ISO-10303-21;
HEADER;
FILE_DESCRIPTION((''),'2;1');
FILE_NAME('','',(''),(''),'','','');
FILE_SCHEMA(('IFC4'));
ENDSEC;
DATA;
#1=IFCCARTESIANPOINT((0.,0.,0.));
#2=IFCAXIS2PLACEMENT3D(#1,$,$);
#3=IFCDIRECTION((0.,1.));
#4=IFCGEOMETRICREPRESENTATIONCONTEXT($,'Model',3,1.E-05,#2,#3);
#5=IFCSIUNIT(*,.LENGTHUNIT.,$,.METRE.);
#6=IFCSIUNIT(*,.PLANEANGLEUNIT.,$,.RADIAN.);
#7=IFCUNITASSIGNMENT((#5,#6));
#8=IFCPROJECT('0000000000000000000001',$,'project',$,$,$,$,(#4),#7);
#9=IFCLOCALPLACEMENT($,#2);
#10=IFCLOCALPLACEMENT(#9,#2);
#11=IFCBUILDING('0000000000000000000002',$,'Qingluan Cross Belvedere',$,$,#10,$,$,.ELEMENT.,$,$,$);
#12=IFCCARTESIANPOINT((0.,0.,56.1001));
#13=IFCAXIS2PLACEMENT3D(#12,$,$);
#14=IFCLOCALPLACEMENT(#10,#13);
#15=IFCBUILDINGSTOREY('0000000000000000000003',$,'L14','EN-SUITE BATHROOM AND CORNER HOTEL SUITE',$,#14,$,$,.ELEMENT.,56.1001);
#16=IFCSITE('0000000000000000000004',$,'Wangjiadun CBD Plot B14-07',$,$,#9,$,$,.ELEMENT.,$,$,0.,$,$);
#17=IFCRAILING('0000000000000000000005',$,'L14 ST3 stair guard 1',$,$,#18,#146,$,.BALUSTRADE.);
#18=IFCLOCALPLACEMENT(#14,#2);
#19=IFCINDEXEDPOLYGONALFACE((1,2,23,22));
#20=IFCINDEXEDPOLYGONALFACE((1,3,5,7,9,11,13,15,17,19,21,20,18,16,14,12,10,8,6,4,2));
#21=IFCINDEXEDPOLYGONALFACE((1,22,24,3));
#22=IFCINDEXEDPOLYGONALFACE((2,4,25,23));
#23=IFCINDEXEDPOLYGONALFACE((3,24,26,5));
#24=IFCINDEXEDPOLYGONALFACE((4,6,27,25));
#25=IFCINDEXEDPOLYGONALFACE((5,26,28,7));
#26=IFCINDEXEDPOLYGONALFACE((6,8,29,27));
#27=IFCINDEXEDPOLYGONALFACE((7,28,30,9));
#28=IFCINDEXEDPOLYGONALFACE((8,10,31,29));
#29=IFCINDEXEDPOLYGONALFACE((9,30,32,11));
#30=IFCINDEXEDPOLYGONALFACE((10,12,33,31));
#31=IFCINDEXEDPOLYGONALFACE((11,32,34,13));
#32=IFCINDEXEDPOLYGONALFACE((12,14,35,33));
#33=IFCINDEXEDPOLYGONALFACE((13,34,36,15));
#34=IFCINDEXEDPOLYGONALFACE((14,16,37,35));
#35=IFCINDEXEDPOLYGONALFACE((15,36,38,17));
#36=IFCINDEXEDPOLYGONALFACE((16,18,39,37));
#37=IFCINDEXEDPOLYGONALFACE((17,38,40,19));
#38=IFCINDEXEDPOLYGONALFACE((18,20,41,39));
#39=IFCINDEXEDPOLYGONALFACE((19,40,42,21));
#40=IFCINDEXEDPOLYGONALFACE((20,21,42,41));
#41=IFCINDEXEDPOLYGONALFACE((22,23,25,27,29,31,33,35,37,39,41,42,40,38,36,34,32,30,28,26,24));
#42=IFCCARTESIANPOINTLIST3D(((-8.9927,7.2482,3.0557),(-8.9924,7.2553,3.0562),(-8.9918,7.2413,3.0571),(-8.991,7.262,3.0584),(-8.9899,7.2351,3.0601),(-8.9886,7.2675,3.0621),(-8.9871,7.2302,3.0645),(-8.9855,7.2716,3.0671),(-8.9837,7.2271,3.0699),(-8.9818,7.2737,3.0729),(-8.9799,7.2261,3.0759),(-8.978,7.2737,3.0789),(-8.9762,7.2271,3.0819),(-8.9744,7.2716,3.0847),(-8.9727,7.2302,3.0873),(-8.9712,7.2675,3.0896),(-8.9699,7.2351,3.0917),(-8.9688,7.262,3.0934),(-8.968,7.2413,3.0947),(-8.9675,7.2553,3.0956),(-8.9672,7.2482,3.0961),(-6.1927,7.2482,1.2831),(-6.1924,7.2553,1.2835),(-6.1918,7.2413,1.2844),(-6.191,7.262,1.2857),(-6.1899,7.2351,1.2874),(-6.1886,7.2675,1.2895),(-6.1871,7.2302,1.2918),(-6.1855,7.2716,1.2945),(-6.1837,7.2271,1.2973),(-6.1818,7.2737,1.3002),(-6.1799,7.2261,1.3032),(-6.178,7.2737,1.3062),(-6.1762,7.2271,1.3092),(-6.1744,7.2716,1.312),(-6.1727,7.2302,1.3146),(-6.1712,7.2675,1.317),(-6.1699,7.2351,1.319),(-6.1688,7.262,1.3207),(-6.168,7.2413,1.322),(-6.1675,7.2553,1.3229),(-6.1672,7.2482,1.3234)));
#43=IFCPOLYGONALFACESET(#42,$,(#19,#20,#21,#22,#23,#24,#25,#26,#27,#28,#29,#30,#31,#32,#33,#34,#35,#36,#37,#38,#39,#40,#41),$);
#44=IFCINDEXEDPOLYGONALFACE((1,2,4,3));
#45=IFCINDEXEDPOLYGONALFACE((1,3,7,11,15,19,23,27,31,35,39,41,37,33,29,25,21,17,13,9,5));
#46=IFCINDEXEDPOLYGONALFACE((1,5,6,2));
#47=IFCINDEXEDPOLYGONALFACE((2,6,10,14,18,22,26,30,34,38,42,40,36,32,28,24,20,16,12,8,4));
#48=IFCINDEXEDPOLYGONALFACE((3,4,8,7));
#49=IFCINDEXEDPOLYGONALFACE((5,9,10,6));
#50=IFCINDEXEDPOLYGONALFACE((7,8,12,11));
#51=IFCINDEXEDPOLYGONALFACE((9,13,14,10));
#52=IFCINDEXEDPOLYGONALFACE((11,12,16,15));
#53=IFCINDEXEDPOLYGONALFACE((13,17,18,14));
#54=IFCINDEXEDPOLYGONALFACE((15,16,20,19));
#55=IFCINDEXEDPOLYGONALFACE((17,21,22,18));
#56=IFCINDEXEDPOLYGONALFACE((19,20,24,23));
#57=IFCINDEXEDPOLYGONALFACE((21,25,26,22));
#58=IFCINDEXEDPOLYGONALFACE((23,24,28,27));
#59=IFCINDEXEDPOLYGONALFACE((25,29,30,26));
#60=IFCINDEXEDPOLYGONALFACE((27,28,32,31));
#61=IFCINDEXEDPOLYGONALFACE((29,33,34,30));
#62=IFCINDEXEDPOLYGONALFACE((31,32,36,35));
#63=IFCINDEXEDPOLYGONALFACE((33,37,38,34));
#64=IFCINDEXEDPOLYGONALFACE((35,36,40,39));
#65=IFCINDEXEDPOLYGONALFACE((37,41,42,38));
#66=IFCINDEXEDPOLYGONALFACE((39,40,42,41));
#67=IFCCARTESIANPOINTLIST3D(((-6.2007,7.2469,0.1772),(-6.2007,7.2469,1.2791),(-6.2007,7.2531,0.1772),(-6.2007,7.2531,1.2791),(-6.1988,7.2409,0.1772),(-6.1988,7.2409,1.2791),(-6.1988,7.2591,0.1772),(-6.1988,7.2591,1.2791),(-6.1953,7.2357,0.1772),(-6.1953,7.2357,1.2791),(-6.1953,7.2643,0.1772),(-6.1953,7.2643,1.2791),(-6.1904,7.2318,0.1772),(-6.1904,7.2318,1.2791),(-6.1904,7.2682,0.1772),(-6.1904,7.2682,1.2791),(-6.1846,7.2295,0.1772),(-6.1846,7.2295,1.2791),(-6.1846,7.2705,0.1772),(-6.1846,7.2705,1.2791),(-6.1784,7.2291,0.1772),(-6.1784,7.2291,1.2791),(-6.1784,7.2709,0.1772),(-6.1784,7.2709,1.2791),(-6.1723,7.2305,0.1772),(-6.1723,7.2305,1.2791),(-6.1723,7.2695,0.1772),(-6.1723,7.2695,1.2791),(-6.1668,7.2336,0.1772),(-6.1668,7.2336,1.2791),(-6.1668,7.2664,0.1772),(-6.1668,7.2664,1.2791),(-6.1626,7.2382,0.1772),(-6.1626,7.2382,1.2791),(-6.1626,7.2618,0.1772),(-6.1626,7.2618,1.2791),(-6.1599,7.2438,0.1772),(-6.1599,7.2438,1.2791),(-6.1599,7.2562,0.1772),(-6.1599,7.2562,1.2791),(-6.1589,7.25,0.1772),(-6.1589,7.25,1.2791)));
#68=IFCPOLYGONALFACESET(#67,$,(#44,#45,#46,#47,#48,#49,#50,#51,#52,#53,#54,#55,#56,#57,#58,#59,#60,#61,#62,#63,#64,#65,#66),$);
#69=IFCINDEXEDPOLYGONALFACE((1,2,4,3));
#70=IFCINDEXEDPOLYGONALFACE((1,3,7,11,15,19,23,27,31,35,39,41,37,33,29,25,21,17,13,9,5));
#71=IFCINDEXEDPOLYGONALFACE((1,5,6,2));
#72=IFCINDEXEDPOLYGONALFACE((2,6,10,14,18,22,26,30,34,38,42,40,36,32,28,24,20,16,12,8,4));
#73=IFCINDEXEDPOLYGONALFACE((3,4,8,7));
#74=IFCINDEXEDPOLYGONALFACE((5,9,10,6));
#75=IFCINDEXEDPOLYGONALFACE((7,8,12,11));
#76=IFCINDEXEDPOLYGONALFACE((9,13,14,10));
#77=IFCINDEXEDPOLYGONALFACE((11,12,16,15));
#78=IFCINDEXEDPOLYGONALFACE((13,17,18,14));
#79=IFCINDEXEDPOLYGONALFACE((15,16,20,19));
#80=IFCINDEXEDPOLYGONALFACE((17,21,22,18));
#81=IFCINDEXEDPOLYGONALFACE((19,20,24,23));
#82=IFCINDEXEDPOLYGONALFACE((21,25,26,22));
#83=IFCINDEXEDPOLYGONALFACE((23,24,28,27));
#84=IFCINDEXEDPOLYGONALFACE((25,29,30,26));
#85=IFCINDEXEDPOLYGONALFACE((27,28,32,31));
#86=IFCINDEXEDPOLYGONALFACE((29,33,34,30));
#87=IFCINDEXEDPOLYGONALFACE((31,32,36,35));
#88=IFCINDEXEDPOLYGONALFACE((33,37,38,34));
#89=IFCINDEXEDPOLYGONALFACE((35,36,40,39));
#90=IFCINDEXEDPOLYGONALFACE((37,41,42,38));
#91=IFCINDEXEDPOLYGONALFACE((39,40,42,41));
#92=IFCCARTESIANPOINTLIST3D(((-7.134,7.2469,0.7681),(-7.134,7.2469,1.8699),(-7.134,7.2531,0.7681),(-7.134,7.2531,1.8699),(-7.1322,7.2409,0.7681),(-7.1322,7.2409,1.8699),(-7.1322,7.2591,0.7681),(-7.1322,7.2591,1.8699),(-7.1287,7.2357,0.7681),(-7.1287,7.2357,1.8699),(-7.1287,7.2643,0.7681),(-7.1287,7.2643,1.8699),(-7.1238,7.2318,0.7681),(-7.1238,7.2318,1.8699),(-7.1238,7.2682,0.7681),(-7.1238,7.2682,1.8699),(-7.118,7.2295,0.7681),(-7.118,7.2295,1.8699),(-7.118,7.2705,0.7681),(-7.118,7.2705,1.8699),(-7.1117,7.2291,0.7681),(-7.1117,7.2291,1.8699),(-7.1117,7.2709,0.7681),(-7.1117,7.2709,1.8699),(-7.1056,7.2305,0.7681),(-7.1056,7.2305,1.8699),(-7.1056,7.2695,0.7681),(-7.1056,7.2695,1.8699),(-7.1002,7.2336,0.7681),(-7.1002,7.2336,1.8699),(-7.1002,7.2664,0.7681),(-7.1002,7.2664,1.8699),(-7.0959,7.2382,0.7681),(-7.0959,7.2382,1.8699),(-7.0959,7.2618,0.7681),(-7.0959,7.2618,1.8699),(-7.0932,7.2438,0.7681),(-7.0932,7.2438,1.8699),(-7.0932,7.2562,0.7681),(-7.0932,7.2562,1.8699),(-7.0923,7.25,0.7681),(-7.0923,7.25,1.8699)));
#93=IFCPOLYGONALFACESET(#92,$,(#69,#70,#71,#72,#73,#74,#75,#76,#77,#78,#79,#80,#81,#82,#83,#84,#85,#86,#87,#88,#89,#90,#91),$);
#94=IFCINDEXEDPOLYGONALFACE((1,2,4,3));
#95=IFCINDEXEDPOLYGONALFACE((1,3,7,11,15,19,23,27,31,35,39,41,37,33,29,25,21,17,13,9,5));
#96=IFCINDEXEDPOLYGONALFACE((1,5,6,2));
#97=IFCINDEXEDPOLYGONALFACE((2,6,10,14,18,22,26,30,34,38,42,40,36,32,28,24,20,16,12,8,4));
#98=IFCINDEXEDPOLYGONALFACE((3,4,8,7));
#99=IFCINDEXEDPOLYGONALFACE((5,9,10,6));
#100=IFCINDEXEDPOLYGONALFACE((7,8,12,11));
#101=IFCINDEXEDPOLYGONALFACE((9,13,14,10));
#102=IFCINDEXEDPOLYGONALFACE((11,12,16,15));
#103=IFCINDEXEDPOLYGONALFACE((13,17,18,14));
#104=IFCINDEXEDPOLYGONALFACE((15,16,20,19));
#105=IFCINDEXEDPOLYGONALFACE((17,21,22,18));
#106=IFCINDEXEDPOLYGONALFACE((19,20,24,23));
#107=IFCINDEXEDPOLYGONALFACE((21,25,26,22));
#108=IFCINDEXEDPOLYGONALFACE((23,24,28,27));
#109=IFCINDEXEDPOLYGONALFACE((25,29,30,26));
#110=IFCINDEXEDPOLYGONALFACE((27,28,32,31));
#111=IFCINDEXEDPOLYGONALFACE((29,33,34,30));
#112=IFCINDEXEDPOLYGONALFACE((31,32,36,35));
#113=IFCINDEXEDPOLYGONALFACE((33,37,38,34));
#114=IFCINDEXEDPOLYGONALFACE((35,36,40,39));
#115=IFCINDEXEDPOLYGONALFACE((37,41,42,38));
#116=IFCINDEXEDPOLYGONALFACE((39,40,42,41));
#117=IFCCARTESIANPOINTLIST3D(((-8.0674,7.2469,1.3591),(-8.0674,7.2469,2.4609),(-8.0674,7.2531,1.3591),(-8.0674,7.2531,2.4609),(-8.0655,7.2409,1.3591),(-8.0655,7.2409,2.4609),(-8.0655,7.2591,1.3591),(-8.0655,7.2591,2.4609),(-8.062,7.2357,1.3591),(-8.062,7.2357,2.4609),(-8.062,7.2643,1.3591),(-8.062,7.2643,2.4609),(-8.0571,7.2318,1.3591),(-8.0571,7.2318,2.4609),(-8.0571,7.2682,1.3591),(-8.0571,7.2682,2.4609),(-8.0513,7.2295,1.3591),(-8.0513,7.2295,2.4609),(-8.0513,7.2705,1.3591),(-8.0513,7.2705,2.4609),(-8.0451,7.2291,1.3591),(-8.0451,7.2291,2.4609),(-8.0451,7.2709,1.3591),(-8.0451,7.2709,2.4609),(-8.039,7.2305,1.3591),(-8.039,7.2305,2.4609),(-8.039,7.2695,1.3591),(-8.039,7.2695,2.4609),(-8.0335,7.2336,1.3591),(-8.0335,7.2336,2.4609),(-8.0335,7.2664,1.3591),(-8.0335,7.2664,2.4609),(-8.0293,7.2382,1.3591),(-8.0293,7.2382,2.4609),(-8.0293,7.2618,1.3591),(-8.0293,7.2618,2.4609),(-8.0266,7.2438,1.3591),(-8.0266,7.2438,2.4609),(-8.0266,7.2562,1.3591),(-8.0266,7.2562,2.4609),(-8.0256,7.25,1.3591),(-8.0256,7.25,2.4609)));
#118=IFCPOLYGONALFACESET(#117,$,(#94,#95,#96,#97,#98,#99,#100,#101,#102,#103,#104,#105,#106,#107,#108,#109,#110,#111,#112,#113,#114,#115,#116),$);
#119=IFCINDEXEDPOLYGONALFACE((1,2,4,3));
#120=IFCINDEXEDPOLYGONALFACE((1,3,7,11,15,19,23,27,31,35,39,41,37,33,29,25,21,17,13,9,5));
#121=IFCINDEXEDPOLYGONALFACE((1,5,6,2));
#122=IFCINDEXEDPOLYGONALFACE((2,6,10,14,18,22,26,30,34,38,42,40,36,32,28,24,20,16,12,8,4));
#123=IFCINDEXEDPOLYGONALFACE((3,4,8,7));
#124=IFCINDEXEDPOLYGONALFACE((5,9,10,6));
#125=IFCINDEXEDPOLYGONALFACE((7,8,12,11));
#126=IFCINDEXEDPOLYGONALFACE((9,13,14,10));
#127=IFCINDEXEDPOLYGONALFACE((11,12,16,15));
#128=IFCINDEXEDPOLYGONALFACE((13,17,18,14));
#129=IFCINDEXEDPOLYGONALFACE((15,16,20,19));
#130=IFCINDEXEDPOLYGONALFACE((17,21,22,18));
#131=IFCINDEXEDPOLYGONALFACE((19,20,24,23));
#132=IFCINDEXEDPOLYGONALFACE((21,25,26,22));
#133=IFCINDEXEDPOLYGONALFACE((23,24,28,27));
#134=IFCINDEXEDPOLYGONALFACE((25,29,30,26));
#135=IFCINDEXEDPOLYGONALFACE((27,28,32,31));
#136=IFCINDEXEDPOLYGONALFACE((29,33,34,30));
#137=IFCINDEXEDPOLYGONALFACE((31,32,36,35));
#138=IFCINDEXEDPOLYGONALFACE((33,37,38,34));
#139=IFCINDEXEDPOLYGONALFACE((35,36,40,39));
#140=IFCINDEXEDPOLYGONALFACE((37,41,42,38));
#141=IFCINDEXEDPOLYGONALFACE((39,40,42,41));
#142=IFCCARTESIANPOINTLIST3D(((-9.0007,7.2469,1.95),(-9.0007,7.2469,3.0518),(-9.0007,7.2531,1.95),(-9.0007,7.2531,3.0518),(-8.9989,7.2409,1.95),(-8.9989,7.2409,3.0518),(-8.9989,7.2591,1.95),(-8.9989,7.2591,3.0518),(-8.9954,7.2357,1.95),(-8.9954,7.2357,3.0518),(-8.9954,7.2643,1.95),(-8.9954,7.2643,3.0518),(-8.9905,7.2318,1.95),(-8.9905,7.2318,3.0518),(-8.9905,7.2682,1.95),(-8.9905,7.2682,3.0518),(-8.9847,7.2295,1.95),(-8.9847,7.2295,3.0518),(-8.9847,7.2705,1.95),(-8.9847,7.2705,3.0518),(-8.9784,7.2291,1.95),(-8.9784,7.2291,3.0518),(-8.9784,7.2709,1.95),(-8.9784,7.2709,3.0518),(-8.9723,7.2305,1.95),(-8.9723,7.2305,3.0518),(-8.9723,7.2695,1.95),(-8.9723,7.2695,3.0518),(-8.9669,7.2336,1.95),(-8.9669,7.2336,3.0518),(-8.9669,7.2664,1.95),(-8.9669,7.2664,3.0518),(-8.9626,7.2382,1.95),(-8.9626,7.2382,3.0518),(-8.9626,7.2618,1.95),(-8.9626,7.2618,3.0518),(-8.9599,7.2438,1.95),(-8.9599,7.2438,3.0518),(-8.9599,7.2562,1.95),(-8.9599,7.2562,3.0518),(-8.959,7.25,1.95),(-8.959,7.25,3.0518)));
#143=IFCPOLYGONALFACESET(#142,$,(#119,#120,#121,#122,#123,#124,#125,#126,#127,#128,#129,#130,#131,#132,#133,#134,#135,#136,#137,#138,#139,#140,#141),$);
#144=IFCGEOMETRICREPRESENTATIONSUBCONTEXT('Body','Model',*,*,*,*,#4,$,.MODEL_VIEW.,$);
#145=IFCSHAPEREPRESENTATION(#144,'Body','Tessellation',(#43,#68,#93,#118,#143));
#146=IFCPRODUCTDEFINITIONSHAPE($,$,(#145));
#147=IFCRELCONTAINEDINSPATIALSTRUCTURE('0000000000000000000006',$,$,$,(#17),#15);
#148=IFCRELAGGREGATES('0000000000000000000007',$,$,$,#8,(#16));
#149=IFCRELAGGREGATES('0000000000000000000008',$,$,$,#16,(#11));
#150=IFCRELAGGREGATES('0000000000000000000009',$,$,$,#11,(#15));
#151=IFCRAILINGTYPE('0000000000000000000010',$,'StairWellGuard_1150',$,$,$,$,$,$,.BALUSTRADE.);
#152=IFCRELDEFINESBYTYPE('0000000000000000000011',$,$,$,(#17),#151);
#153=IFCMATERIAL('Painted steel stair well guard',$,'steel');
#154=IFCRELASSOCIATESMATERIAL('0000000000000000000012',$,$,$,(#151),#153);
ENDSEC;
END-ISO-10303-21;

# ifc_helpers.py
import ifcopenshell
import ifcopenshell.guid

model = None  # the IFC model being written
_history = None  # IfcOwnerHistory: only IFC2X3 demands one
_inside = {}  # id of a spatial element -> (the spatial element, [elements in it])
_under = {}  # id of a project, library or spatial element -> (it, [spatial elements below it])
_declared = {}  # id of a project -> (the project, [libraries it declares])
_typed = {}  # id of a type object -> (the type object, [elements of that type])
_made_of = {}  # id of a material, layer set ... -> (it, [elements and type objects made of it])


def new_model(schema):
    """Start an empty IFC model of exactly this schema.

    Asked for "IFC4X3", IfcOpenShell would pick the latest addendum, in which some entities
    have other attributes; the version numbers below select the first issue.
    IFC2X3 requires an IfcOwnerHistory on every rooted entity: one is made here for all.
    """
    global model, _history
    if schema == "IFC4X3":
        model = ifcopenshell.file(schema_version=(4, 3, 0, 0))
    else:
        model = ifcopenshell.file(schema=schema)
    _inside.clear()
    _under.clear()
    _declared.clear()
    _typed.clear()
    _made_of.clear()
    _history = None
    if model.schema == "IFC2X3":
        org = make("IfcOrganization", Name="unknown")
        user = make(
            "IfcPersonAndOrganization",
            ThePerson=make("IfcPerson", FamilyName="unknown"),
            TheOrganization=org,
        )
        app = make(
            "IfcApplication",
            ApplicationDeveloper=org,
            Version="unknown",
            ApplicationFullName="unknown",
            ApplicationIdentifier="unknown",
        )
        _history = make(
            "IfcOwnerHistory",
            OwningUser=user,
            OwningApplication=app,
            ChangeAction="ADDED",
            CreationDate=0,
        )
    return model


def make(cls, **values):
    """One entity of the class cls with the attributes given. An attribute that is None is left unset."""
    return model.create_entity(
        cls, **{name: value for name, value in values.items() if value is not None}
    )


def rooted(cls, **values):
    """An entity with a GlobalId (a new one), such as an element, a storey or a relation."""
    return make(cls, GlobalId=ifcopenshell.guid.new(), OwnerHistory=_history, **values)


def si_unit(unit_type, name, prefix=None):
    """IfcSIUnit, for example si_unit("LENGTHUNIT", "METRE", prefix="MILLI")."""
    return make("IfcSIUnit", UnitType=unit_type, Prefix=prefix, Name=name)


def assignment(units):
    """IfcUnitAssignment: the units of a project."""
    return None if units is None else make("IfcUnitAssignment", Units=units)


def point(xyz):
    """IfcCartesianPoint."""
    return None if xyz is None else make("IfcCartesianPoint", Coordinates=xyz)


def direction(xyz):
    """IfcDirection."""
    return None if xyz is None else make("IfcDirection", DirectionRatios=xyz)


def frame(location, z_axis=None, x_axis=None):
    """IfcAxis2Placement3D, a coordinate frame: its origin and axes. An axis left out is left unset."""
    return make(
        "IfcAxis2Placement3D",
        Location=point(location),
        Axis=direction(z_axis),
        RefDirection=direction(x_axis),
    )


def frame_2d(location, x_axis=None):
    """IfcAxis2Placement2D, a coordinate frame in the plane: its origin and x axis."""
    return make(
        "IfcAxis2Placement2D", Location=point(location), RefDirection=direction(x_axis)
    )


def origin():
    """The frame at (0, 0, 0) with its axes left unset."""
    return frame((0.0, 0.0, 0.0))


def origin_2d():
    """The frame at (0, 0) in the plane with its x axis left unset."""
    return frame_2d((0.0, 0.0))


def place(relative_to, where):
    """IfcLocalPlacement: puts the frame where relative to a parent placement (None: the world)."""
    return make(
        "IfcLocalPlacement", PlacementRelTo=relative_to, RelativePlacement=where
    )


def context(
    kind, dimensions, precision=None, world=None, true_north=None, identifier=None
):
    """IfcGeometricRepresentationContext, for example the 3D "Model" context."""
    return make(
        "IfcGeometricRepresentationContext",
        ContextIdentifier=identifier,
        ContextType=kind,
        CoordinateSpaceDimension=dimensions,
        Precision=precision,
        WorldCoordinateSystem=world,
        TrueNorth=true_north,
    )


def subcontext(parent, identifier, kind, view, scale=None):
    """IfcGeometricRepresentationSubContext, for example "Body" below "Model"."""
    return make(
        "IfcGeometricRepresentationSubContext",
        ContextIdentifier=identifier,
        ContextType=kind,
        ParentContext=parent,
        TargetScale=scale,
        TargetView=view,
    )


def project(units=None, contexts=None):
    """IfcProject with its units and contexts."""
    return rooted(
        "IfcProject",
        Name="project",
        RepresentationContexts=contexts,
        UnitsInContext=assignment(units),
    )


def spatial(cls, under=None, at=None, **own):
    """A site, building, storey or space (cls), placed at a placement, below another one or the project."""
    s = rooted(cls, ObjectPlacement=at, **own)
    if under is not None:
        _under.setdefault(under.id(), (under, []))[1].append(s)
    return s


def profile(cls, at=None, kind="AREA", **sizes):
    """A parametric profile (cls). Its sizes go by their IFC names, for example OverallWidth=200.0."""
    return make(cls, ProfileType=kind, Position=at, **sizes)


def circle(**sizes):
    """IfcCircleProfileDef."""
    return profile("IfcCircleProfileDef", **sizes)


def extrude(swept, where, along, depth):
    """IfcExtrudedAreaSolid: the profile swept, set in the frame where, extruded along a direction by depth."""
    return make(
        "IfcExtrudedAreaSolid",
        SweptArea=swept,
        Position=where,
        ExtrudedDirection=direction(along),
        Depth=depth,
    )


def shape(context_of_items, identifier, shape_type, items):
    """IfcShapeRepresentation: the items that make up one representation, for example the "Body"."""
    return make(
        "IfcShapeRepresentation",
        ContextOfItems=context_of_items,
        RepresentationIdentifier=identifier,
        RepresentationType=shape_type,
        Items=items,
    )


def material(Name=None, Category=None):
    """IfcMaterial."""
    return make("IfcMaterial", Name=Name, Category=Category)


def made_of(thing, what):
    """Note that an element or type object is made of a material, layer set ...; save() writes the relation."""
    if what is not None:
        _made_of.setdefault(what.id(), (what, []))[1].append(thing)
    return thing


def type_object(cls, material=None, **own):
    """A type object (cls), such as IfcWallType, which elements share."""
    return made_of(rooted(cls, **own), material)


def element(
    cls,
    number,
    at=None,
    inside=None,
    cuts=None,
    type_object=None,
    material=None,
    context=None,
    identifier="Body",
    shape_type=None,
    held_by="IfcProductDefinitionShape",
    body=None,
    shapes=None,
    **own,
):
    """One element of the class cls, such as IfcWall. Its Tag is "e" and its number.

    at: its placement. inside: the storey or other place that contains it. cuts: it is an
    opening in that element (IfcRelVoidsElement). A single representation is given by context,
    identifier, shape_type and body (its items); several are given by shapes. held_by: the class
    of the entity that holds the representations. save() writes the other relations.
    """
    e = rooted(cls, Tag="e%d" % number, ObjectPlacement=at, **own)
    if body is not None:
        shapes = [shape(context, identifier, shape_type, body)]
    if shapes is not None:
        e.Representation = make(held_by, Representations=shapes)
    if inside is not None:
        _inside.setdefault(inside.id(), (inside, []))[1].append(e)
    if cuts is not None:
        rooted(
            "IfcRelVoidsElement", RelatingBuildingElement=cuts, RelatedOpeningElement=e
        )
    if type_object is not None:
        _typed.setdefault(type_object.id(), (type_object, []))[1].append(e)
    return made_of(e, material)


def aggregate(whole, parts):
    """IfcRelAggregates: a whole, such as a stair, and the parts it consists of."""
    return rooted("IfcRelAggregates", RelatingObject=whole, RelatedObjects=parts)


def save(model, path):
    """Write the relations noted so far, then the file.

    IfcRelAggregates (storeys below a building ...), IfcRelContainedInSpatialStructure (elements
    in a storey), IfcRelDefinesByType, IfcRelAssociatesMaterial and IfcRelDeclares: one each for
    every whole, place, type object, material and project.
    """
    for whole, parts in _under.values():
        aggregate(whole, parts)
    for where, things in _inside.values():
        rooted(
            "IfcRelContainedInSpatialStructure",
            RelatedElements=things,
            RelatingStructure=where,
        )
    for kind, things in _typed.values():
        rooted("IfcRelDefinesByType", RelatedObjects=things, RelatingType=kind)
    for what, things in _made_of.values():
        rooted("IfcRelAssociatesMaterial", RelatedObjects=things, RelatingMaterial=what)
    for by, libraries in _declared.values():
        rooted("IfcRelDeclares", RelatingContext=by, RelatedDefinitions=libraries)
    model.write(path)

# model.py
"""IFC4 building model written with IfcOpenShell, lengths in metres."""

from ifc_helpers import new_model, si_unit, direction, frame, origin, origin_2d, place, context, subcontext, project, spatial, circle, extrude, material, type_object, element, save


model = new_model("IFC4")

# Units and contexts
model_context = context("Model", 3, precision=1e-05, world=origin(), true_north=direction((0.0, 1.0)))
body_context = subcontext(model_context, "Body", "Model", "MODEL_VIEW")
ifc_project = project(units=[si_unit("LENGTHUNIT", "METRE"), si_unit("PLANEANGLEUNIT", "RADIAN")], contexts=[model_context])

# Site, building, storey
site_placement = place(None, origin())
site = spatial("IfcSite", under=ifc_project, at=site_placement, Name="Wangjiadun CBD Plot B14-07", CompositionType="ELEMENT", RefElevation=0.0)
building_placement = place(site_placement, origin())
building = spatial("IfcBuilding", under=site, at=building_placement, Name="Qingluan Cross Belvedere", CompositionType="ELEMENT")
storey_placement = place(building_placement, frame((0.0, 0.0, 56.1001)))
storey = spatial("IfcBuildingStorey", under=building, at=storey_placement, Name="L14", Description="EN-SUITE BATHROOM AND CORNER HOTEL SUITE", CompositionType="ELEMENT", Elevation=56.1001)

# Railing
ifc_material_1 = material(Name="Painted steel stair well guard", Category="steel")
railing_type_1 = type_object("IfcRailingType", Name="StairWellGuard_1150", PredefinedType="BALUSTRADE", material=ifc_material_1)
railing_1_placement = place(storey_placement, frame((-6.1799, 7.25, 0.1772)))
element("IfcRailing", 1, at=railing_1_placement, inside=storey, type_object=railing_type_1, Name="L14 ST3 stair guard 1", PredefinedType="BALUSTRADE", context=body_context, shape_type="SweptSolid", body=[
    extrude(circle(Radius=0.0239, at=origin_2d()), frame((0.0, 0.0, 1.126), z_axis=(-0.844909, 0.0, 0.53491), x_axis=(0.0, -1.0, 0.0)), (0.0, 0.0, 1.0), 3.314),
    extrude(circle(Radius=0.021, at=origin_2d()), origin(), (0.0, 0.0, 1.0), 1.1018),
    extrude(circle(Radius=0.021, at=origin_2d()), frame((-0.9333, 0.0, 0.5908)), (0.0, 0.0, 1.0), 1.1018),
    extrude(circle(Radius=0.021, at=origin_2d()), frame((-1.8667, 0.0, 1.1819)), (0.0, 0.0, 1.0), 1.1018),
    extrude(circle(Radius=0.021, at=origin_2d()), frame((-2.8, 0.0, 1.7727)), (0.0, 0.0, 1.0), 1.1018),
])

save(model, "model.ifc")
